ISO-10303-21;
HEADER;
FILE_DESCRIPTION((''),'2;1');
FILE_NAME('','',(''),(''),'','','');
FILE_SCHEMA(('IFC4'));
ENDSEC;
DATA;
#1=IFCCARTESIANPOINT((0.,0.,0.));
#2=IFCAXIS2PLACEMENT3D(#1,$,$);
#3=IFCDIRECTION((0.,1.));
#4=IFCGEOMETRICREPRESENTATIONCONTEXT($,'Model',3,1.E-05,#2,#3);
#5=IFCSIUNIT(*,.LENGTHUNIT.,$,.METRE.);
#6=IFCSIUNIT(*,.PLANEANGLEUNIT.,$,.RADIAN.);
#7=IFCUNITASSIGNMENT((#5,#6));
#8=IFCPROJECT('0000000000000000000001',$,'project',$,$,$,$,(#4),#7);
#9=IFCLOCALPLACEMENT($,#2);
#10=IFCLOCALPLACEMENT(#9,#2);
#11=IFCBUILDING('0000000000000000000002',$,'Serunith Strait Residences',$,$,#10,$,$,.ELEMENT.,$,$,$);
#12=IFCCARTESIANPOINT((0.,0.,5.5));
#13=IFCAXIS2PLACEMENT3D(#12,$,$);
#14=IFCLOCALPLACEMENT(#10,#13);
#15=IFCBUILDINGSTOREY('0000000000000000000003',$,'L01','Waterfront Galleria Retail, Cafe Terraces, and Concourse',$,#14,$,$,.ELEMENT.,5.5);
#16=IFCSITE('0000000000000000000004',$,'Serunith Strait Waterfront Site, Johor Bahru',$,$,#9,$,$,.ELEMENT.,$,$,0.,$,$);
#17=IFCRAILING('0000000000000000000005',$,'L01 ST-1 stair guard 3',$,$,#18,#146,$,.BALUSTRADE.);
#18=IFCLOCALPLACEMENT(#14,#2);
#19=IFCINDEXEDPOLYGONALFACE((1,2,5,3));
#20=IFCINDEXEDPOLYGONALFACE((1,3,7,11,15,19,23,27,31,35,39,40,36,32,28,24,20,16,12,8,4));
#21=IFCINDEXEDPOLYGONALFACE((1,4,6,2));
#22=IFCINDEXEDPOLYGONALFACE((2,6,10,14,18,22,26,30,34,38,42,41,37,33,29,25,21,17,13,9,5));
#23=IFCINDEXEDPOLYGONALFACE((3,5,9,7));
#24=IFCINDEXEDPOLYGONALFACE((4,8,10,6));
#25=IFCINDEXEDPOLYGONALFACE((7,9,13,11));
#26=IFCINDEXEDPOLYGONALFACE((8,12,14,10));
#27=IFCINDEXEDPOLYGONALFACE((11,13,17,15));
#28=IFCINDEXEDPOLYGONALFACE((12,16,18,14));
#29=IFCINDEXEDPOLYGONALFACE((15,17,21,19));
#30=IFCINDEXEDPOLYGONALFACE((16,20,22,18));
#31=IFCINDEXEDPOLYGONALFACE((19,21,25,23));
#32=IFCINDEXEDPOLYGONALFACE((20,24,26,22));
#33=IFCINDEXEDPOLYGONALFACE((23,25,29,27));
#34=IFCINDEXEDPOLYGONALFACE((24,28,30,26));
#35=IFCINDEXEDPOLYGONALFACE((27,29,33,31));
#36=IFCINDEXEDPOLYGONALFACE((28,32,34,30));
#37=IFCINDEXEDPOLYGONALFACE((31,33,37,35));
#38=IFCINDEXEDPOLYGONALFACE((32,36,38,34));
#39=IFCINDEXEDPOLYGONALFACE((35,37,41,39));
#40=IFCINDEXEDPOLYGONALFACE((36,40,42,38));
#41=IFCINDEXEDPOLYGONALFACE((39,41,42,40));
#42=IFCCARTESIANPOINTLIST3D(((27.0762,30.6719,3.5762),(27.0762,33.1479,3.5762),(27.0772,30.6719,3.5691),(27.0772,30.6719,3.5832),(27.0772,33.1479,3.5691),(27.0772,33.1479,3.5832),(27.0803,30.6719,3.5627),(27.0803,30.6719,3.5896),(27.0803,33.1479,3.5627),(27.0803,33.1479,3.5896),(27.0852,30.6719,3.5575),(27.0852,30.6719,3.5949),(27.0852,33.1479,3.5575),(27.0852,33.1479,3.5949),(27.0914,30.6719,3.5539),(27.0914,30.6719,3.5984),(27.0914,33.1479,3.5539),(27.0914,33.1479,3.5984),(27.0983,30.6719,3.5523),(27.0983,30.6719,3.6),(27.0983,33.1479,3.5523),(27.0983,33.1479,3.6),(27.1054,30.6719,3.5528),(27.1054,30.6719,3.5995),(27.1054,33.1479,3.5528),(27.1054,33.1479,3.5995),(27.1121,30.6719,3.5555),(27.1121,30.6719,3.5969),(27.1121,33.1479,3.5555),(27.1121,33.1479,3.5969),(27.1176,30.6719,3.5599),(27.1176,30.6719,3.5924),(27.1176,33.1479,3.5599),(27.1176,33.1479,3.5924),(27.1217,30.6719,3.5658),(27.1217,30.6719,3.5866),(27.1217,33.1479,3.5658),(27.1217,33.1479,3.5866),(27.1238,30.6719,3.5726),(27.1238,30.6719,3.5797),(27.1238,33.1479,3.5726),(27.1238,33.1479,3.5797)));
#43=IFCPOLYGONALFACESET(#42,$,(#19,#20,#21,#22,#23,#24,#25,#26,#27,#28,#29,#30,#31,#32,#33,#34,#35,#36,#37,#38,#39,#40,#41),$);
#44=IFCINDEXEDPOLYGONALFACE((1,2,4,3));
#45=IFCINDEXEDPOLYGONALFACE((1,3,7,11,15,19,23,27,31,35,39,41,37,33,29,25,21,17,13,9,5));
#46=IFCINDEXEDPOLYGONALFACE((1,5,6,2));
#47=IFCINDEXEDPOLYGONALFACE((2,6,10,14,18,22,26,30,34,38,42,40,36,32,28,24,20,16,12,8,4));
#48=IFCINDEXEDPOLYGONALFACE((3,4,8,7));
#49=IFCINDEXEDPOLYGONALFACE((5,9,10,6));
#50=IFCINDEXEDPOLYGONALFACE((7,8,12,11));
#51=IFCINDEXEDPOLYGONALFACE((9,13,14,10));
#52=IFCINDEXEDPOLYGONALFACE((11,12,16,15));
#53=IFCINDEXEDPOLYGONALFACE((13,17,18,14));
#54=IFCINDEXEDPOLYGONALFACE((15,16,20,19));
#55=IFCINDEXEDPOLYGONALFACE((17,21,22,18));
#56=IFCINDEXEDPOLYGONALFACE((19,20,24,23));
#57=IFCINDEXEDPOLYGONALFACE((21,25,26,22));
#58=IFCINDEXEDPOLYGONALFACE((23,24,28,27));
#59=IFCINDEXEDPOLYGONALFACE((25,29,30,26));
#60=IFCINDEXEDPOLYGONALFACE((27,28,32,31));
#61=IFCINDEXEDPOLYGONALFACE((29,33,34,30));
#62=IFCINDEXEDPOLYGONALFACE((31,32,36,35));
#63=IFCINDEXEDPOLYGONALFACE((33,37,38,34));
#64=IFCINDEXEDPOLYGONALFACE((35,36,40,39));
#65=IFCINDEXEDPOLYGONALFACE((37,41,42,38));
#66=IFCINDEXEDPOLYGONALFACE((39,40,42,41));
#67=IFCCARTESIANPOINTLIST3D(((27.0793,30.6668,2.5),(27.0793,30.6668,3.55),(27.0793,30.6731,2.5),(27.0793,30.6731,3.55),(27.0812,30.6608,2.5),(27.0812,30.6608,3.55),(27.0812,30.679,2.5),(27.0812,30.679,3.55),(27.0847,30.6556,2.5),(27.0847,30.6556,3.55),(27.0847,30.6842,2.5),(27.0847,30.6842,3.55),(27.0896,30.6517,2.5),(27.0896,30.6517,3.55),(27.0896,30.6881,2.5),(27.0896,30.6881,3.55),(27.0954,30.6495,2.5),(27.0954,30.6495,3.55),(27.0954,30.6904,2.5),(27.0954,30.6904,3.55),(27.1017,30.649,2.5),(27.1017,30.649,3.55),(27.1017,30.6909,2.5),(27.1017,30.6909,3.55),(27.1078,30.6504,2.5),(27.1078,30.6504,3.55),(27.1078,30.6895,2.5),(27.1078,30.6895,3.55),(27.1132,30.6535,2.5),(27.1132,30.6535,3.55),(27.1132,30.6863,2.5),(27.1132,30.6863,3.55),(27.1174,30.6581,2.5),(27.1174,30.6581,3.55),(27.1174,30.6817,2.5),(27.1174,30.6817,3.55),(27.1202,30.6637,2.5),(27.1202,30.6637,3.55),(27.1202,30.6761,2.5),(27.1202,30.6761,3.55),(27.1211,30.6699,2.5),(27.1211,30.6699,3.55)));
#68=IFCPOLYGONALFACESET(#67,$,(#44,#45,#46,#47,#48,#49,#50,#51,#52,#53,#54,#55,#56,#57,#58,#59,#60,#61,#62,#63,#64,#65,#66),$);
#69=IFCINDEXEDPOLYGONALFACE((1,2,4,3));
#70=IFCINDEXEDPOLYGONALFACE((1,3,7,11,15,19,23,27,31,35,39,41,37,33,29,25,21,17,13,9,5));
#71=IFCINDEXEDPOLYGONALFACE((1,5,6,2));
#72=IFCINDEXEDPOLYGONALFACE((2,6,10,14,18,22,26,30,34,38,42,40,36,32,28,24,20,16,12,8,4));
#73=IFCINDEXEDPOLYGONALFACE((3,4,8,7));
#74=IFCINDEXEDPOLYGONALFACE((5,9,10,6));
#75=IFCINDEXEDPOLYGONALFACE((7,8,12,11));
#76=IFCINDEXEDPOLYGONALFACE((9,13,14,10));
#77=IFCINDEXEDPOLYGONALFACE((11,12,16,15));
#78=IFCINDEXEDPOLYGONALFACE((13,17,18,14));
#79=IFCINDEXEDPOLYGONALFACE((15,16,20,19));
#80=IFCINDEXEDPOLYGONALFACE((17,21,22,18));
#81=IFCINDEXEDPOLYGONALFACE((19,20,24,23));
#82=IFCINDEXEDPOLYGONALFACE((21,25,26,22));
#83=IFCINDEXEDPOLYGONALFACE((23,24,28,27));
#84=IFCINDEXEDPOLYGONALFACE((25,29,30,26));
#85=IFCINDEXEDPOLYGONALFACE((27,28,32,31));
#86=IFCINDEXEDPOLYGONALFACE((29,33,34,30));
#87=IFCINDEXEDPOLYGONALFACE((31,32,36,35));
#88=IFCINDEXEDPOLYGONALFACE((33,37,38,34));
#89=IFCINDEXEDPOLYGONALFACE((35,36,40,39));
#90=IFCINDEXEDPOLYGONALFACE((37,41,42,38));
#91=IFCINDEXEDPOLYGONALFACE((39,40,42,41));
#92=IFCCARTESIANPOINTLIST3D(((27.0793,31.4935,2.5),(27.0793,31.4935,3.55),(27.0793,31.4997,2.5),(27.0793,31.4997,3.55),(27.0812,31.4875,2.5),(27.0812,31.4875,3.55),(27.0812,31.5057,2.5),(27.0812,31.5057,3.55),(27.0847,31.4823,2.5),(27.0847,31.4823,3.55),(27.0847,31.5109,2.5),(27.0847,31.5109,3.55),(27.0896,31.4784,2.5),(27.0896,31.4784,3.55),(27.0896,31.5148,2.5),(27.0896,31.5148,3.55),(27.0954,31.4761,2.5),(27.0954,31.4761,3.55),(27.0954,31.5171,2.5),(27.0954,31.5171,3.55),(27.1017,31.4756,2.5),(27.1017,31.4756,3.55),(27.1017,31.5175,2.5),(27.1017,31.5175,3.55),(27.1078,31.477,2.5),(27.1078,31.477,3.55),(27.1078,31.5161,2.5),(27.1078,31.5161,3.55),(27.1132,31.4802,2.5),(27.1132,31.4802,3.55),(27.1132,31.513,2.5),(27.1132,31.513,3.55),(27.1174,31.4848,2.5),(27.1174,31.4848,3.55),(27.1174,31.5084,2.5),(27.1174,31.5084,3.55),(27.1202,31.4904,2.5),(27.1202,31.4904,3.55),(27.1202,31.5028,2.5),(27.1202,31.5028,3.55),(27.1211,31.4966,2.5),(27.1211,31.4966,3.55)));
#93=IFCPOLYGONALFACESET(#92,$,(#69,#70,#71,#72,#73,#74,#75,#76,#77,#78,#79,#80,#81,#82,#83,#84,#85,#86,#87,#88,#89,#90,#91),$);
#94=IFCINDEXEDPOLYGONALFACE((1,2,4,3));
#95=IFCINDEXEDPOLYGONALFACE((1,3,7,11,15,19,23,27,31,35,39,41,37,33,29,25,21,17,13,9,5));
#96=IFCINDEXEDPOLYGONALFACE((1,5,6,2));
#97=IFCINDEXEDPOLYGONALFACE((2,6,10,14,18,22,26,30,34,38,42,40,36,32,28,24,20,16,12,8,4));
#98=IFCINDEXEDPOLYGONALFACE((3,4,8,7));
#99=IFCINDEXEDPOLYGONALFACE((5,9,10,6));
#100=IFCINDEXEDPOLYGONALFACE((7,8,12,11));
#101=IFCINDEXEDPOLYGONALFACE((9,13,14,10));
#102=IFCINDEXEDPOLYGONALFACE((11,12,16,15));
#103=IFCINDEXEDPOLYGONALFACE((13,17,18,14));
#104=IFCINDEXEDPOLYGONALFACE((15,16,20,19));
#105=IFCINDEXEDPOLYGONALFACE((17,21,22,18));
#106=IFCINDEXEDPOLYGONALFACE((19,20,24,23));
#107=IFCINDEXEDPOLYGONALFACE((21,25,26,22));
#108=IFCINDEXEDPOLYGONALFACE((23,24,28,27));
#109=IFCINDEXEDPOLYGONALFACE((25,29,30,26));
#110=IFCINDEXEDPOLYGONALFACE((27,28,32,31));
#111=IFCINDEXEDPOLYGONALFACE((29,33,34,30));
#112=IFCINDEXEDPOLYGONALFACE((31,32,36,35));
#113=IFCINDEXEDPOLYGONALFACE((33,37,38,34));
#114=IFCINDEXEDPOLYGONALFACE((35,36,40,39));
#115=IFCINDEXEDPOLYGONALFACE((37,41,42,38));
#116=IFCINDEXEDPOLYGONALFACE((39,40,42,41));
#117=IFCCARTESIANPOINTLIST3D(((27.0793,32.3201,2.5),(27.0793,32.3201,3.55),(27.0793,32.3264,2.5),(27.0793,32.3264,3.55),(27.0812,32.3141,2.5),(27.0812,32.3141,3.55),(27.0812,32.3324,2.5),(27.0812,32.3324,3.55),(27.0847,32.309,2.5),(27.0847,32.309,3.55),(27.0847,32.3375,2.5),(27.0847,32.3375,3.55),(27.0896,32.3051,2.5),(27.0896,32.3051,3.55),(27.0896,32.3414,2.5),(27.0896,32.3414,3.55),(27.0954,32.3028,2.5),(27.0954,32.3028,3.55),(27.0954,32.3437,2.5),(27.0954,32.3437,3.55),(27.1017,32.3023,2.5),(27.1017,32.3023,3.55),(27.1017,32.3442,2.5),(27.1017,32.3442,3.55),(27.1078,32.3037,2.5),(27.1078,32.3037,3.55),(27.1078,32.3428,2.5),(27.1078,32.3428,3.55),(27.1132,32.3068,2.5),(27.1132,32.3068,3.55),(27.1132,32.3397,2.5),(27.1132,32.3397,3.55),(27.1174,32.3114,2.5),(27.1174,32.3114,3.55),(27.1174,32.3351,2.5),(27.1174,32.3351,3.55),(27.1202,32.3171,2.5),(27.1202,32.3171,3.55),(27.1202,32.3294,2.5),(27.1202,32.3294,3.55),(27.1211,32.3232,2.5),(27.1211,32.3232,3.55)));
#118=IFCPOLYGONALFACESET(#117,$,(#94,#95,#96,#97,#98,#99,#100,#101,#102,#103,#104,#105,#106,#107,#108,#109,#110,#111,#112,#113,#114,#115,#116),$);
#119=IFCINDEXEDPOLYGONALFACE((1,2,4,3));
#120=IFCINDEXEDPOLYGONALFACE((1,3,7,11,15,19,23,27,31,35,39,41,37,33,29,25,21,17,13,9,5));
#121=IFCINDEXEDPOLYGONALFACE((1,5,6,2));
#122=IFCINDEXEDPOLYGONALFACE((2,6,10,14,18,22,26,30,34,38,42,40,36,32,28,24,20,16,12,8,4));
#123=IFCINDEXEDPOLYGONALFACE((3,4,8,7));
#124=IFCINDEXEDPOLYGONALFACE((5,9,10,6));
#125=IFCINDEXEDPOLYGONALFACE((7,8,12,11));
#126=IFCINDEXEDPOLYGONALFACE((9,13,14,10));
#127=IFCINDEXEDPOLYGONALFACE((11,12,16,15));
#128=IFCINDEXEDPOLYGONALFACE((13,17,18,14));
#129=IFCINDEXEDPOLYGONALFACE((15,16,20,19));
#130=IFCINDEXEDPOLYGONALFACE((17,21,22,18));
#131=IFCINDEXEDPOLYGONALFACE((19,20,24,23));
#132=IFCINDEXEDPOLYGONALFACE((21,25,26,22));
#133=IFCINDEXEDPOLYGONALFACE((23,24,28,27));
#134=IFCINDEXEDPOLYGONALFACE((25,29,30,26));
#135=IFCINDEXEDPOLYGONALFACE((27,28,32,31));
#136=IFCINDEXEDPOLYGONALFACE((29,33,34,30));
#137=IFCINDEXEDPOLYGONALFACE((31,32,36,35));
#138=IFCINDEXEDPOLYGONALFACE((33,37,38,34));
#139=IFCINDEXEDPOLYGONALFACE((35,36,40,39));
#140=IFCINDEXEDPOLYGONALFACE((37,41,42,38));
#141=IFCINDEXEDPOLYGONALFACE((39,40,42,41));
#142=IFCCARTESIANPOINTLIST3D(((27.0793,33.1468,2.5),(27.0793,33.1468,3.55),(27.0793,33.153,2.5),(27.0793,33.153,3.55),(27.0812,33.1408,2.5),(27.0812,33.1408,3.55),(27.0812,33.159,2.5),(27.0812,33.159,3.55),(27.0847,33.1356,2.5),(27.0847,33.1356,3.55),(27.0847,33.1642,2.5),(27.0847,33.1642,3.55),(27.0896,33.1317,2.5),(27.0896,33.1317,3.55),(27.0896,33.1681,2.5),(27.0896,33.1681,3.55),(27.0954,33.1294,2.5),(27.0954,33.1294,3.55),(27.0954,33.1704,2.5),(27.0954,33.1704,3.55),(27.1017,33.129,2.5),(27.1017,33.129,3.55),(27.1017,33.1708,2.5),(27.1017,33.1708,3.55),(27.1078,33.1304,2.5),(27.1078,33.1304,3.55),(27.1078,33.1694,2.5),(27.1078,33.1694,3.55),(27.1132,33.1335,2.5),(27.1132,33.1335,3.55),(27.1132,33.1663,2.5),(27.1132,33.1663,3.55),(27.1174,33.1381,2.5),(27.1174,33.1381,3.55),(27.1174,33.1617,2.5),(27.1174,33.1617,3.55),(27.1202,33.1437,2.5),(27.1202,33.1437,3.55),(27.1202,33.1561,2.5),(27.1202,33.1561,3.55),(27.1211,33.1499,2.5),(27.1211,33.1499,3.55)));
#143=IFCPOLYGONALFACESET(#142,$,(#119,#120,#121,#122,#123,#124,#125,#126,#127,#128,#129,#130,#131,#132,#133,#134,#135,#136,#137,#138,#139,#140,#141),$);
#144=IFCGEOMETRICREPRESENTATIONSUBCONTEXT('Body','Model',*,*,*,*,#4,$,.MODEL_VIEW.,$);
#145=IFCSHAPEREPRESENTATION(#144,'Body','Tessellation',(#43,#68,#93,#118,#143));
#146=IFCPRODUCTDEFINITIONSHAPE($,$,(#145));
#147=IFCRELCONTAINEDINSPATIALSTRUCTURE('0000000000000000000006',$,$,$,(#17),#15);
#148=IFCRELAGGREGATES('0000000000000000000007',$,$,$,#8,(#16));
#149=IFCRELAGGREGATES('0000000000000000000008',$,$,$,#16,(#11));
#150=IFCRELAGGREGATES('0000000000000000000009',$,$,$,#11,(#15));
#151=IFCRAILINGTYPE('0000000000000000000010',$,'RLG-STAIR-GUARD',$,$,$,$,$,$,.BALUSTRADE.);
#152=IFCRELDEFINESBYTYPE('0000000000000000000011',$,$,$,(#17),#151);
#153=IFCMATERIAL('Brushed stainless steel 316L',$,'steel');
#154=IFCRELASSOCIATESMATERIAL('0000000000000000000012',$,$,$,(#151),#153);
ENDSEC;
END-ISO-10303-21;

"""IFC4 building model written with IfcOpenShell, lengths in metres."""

from ifc_helpers import new_model, si_unit, direction, frame, origin, origin_2d, place, context, subcontext, project, spatial, circle, extrude, material, type_object, element, save


model = new_model("IFC4")

# Units and contexts
model_context = context("Model", 3, precision=1e-05, world=origin(), true_north=direction((0.0, 1.0)))
body_context = subcontext(model_context, "Body", "Model", "MODEL_VIEW")
ifc_project = project(units=[si_unit("LENGTHUNIT", "METRE"), si_unit("PLANEANGLEUNIT", "RADIAN")], contexts=[model_context])

# Site, building, storey
site_placement = place(None, origin())
site = spatial("IfcSite", under=ifc_project, at=site_placement, Name="Serunith Strait Waterfront Site, Johor Bahru", CompositionType="ELEMENT", RefElevation=0.0)
building_placement = place(site_placement, origin())
building = spatial("IfcBuilding", under=site, at=building_placement, Name="Serunith Strait Residences", CompositionType="ELEMENT")
storey_placement = place(building_placement, frame((0.0, 0.0, 5.5)))
storey = spatial("IfcBuildingStorey", under=building, at=storey_placement, Name="L01", Description="Waterfront Galleria Retail, Cafe Terraces, and Concourse", CompositionType="ELEMENT", Elevation=5.5)

# Railing
ifc_material_1 = material(Name="Brushed stainless steel 316L", Category="steel")
railing_type_1 = type_object("IfcRailingType", Name="RLG-STAIR-GUARD", PredefinedType="BALUSTRADE", material=ifc_material_1)
for number, where, name in (
    (1, (27.1001, 30.6699, 2.5), "L01 ST-1 stair guard 3"),
):
    element("IfcRailing", number, at=place(storey_placement, frame(where)), inside=storey, type_object=railing_type_1, Name=name, PredefinedType="BALUSTRADE", context=body_context, shape_type="SweptSolid", body=[
        extrude(circle(Radius=0.0239, at=origin_2d()), frame((0.0, 0.002, 1.0762), z_axis=(0.0, 1.0, 0.0), x_axis=(-1.0, 0.0, 0.0)), (0.0, 0.0, 1.0), 2.4761),
        extrude(circle(Radius=0.021, at=origin_2d()), origin(), (0.0, 0.0, 1.0), 1.05),
        extrude(circle(Radius=0.021, at=origin_2d()), frame((0.0, 0.8267, 0.0)), (0.0, 0.0, 1.0), 1.05),
        extrude(circle(Radius=0.021, at=origin_2d()), frame((0.0, 1.6533, 0.0)), (0.0, 0.0, 1.0), 1.05),
        extrude(circle(Radius=0.021, at=origin_2d()), frame((0.0, 2.48, 0.0)), (0.0, 0.0, 1.0), 1.05),
    ])

save(model, "model.ifc")
